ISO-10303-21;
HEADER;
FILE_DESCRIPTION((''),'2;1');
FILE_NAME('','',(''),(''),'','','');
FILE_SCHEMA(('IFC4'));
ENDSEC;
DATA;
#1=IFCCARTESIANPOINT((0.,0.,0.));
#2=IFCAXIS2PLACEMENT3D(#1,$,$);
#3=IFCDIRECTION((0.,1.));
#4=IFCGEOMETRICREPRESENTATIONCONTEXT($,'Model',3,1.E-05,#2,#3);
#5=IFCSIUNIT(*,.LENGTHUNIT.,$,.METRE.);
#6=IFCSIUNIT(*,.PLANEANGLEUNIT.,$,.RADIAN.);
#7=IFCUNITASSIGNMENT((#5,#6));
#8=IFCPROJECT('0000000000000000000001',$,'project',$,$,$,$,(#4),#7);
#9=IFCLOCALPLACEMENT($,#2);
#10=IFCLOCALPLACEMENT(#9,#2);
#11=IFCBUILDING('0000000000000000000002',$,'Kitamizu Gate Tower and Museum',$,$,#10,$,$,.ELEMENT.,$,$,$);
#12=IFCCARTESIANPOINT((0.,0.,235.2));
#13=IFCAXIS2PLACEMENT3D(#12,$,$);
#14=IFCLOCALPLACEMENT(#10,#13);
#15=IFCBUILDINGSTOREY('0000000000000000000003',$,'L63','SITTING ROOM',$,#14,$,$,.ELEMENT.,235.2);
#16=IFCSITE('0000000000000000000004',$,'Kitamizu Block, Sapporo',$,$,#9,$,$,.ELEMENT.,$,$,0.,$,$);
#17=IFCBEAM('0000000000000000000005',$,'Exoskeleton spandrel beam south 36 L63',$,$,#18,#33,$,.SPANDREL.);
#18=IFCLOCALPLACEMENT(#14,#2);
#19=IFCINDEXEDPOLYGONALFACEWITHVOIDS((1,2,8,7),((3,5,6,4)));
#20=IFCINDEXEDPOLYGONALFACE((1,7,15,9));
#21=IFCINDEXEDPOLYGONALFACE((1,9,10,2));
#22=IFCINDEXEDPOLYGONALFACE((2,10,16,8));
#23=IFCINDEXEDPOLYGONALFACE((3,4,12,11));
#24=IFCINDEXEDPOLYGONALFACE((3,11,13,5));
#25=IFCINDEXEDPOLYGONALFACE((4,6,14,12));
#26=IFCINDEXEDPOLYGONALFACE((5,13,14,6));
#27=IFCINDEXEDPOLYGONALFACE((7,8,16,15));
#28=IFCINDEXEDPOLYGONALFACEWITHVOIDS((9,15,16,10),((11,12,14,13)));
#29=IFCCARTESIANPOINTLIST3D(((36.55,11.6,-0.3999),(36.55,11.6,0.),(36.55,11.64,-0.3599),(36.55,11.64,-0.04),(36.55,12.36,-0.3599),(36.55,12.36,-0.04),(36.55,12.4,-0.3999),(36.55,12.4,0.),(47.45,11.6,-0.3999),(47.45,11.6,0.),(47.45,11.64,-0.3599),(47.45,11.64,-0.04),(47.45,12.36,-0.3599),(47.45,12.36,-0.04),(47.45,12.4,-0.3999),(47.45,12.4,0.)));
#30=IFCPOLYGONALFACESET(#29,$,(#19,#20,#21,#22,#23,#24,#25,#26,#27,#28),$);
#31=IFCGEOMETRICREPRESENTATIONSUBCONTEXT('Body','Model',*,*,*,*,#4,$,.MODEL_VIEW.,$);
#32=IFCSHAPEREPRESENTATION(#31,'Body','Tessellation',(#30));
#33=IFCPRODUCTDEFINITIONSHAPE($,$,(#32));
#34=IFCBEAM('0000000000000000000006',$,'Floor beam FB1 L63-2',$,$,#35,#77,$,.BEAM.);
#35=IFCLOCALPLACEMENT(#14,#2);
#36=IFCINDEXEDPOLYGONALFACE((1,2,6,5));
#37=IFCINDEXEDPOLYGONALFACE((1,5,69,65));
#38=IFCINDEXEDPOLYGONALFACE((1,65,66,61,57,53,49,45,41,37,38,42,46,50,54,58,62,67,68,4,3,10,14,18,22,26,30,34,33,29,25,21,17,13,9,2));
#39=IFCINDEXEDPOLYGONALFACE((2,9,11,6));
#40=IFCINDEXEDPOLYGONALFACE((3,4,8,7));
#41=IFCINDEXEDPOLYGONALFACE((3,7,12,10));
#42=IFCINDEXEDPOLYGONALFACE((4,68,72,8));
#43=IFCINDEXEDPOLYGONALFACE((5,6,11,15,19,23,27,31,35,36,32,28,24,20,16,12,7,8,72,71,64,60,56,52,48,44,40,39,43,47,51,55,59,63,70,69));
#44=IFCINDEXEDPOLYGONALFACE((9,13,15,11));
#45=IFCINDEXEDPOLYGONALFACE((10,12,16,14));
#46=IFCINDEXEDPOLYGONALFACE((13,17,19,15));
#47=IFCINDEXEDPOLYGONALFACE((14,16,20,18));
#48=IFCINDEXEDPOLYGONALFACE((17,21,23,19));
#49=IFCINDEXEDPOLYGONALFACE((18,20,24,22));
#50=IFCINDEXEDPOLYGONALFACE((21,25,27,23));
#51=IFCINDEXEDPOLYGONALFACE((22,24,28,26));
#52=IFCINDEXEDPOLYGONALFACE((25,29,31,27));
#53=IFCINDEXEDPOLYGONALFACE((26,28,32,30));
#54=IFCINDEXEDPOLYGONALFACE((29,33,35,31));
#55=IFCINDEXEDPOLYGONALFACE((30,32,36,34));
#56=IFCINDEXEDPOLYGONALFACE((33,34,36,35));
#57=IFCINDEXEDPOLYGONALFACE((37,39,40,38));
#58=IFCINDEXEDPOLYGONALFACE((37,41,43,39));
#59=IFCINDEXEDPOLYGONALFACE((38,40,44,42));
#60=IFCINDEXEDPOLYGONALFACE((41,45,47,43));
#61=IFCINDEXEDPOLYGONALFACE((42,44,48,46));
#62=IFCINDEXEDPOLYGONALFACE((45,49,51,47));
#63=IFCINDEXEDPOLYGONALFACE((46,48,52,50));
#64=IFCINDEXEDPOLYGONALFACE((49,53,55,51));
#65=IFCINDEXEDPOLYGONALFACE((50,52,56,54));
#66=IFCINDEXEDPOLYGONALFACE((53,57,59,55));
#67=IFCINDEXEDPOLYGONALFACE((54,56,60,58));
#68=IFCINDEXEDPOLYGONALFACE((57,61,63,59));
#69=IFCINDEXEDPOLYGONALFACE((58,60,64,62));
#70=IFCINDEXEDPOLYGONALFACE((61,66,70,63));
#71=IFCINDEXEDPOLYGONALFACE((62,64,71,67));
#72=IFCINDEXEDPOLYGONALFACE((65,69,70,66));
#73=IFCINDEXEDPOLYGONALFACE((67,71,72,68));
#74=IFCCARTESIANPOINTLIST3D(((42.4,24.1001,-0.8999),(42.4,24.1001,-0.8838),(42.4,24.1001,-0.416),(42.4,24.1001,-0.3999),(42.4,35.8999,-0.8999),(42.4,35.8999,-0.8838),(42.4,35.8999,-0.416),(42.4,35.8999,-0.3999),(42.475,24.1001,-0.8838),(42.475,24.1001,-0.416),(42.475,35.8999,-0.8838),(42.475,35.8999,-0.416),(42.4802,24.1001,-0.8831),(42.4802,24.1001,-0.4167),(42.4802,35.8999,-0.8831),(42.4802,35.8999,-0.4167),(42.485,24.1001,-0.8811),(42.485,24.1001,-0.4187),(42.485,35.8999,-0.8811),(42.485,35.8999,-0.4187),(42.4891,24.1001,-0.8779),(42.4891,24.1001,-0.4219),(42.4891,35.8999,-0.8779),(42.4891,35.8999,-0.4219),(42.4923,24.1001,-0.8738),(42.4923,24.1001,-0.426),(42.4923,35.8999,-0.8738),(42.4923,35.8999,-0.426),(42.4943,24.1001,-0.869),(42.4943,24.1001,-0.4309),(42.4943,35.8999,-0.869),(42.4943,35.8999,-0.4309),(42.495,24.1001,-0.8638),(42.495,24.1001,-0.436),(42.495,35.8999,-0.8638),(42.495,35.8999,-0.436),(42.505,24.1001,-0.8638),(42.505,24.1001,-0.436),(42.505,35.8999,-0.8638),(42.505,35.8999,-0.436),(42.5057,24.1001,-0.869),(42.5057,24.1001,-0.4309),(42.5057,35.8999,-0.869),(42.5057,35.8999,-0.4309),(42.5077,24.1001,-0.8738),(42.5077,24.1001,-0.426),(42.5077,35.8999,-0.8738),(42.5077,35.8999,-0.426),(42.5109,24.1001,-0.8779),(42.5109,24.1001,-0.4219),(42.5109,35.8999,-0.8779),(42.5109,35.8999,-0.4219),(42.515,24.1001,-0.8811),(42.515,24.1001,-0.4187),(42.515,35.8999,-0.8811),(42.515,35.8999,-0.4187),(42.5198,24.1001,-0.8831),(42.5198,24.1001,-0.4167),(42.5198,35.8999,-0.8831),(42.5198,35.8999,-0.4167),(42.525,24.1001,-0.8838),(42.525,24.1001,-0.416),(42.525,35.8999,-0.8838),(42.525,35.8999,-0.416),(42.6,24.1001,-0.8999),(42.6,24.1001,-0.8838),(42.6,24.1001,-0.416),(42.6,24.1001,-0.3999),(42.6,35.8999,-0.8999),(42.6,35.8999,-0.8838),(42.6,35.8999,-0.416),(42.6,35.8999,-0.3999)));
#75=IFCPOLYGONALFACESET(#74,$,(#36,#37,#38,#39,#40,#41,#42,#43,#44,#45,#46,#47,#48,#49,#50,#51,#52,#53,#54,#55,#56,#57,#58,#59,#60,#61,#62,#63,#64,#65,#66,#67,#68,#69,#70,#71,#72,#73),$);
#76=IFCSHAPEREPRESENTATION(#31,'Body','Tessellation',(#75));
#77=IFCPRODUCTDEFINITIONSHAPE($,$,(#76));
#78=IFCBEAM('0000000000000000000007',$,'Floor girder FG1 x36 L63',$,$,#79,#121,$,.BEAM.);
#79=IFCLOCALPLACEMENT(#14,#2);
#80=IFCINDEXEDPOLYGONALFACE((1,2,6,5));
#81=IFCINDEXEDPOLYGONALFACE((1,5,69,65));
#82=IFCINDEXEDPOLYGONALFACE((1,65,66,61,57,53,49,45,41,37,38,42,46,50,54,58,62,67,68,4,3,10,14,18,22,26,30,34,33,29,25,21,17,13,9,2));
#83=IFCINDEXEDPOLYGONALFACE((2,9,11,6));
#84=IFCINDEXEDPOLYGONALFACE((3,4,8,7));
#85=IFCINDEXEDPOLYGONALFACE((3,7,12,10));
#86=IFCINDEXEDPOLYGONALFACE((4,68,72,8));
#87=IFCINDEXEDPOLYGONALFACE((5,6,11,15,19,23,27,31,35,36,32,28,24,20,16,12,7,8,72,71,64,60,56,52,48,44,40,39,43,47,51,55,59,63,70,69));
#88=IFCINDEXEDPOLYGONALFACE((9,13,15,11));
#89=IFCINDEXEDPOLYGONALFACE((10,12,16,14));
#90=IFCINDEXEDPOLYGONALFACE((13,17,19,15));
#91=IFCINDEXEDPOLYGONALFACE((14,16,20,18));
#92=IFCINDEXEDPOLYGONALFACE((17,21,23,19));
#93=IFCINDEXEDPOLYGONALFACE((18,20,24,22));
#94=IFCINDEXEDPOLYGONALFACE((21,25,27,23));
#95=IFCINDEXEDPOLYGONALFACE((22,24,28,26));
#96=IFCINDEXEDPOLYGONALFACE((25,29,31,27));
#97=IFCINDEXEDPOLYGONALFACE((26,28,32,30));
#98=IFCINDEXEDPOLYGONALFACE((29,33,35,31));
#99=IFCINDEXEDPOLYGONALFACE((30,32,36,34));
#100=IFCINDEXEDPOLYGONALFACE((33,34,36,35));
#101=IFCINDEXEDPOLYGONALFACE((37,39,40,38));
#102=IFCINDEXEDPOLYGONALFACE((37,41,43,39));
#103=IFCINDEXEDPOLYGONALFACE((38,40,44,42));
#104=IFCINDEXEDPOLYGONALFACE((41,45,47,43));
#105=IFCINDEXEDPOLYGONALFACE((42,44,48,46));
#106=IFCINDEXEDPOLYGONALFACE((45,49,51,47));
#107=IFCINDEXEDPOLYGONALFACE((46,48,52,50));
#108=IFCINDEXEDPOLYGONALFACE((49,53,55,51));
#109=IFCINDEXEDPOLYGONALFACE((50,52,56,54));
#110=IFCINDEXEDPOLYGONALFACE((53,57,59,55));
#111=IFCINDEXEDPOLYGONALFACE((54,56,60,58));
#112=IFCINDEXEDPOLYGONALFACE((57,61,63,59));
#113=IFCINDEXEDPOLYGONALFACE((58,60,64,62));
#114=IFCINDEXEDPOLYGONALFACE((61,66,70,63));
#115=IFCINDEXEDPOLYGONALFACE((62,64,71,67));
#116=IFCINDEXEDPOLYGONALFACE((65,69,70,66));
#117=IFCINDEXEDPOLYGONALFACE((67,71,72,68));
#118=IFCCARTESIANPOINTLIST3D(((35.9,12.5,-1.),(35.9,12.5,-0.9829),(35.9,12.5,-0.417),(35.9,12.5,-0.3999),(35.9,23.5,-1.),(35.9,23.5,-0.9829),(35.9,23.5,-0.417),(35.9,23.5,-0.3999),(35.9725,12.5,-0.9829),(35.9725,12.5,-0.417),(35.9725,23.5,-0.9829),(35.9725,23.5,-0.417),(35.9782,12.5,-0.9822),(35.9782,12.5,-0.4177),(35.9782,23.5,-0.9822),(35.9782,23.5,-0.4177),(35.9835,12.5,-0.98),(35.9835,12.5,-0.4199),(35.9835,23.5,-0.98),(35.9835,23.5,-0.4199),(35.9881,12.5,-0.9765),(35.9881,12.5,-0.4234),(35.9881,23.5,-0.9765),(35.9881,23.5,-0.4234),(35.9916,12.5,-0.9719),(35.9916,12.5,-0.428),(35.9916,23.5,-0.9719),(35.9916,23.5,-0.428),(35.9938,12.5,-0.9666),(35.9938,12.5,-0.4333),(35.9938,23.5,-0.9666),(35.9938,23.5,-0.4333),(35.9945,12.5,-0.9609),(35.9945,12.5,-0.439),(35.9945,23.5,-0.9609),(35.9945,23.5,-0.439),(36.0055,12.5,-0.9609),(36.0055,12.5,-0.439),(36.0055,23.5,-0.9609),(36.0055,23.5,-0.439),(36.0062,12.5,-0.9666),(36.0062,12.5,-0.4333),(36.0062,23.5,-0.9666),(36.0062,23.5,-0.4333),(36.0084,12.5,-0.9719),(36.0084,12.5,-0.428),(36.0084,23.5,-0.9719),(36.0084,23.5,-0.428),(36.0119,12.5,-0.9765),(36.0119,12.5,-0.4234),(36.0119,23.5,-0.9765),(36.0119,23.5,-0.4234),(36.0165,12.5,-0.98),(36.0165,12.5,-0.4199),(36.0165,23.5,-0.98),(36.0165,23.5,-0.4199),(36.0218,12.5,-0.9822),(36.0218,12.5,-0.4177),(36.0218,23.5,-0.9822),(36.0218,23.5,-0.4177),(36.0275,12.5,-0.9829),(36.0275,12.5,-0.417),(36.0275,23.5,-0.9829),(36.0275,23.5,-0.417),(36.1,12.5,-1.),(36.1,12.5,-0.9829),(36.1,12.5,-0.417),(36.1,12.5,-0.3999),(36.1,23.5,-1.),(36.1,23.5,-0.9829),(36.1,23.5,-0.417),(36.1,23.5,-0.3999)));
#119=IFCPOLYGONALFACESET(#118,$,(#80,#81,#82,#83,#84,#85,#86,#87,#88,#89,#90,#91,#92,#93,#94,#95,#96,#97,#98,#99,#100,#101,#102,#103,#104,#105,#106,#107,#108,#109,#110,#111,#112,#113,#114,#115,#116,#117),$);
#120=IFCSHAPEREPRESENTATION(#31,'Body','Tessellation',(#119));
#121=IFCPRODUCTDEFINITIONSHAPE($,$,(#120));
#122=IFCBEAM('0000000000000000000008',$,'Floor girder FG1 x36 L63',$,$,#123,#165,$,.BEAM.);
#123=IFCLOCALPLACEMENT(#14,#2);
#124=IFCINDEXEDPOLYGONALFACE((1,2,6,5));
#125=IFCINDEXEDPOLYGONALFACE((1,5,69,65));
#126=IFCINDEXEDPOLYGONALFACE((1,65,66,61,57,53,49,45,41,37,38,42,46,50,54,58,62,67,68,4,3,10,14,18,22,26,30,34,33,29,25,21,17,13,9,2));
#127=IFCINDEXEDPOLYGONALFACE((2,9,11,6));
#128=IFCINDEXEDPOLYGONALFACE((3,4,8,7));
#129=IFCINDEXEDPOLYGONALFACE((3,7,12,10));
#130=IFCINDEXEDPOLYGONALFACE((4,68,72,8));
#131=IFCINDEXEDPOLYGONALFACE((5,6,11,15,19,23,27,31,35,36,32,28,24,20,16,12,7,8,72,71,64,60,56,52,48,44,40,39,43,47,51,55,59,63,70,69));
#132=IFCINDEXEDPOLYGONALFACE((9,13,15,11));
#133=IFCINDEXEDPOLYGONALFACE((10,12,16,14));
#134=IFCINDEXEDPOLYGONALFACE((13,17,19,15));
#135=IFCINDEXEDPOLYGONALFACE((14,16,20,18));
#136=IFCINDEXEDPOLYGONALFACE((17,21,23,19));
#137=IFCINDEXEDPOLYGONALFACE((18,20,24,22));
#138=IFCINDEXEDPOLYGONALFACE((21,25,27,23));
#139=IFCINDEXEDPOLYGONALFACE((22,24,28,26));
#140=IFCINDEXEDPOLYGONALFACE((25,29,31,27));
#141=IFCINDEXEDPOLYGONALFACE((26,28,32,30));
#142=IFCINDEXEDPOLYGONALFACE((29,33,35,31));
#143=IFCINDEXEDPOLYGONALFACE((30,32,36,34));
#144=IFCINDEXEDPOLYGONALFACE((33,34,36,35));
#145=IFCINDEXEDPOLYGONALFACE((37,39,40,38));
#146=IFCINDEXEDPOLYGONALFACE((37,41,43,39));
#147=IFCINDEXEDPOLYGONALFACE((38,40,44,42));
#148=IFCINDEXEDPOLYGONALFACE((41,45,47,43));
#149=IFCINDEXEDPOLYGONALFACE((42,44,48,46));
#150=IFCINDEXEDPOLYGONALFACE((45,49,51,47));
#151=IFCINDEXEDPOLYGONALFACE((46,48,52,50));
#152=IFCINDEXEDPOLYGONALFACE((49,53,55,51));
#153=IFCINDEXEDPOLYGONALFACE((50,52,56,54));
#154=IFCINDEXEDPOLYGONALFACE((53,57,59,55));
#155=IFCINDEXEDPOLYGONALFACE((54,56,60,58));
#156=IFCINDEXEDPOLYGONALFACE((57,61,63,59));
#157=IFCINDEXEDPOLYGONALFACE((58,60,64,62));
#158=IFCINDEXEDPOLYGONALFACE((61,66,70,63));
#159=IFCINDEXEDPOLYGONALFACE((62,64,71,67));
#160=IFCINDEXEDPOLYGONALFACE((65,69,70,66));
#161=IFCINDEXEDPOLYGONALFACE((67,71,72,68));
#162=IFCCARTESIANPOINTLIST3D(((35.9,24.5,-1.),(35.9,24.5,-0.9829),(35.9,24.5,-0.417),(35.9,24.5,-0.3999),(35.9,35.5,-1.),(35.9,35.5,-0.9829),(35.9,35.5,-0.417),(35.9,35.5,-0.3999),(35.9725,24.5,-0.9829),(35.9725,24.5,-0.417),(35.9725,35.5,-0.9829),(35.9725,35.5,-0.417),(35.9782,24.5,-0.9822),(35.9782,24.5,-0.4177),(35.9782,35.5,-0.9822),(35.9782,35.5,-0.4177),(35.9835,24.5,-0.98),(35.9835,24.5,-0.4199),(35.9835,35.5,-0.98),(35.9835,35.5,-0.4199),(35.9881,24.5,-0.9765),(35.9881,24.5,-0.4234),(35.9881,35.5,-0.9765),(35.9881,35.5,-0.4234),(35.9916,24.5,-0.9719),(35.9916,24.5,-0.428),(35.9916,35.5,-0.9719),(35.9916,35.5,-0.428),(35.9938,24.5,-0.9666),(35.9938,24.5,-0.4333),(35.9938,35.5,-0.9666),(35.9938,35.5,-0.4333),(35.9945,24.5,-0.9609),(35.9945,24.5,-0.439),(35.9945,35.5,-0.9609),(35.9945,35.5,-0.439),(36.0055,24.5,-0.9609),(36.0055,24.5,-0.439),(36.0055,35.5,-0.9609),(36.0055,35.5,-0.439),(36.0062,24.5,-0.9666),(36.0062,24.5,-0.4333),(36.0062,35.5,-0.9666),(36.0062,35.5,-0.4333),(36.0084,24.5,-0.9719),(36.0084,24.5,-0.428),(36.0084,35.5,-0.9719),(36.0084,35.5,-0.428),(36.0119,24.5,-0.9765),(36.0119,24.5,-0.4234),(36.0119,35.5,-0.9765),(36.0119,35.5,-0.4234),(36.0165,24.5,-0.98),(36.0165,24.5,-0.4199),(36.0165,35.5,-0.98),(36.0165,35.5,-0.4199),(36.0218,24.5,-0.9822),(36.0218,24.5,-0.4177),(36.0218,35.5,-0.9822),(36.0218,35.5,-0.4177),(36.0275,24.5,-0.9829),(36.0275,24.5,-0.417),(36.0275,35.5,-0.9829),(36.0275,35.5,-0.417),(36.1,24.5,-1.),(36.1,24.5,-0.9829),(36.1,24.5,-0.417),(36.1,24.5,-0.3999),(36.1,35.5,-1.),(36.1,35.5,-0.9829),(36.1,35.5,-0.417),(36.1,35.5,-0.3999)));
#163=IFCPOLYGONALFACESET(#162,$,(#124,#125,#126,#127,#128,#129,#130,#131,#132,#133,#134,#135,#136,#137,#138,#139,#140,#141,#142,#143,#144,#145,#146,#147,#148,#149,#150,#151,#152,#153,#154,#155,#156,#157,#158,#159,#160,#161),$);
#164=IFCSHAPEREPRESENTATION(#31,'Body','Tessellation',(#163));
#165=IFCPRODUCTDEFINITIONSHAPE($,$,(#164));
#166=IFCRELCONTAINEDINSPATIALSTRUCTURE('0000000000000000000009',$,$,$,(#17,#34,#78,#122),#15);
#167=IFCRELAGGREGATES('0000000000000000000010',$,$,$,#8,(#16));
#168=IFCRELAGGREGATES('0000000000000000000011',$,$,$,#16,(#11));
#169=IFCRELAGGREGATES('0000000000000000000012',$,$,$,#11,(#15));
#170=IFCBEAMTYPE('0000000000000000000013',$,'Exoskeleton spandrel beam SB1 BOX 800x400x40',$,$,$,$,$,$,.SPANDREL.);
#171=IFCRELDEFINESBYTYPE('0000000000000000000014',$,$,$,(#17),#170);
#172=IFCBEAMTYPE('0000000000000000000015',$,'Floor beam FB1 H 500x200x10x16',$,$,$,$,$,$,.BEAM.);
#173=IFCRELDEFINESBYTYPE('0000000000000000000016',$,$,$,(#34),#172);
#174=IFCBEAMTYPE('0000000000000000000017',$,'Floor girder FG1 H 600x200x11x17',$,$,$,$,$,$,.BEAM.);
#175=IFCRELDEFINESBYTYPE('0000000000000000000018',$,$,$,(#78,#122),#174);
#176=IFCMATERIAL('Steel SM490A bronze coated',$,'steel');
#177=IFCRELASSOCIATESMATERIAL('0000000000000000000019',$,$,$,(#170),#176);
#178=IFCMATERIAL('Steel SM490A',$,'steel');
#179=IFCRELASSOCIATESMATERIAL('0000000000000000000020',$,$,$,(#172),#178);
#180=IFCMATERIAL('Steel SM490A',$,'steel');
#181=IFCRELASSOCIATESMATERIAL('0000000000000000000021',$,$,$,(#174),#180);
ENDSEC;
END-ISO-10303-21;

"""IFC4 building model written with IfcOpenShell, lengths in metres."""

from ifc_helpers import new_model, si_unit, direction, frame, origin, origin_2d, place, context, subcontext, project, spatial, hollow_rectangle, i_section, extrude, material, material_profile, profile_set, type_object, element, save


model = new_model("IFC4")

# Units and contexts
model_context = context("Model", 3, precision=1e-05, world=origin(), true_north=direction((0.0, 1.0)))
body_context = subcontext(model_context, "Body", "Model", "MODEL_VIEW")
ifc_project = project(units=[si_unit("LENGTHUNIT", "METRE"), si_unit("PLANEANGLEUNIT", "RADIAN")], contexts=[model_context])

# Site, building, storey
site_placement = place(None, origin())
site = spatial("IfcSite", under=ifc_project, at=site_placement, Name="Kitamizu Block, Sapporo", CompositionType="ELEMENT", RefElevation=0.0)
building_placement = place(site_placement, origin())
building = spatial("IfcBuilding", under=site, at=building_placement, Name="Kitamizu Gate Tower and Museum", CompositionType="ELEMENT")
storey_placement = place(building_placement, frame((0.0, 0.0, 235.2)))
storey = spatial("IfcBuildingStorey", under=building, at=storey_placement, Name="L63", Description="SITTING ROOM", CompositionType="ELEMENT", Elevation=235.2)

# Beams
ifc_material_1 = material(Name="Steel SM490A bronze coated", Category="steel")
ifc_material_profile_1 = material_profile(ifc_material_1, hollow_rectangle(XDim=0.8, YDim=0.3999, WallThickness=0.04, at=origin_2d()), Name="BOX 800x400x40")
ifc_profile_set_1 = profile_set([ifc_material_profile_1], Name="Steel SM490A bronze coated")
beam_type_1 = type_object("IfcBeamType", Name="Exoskeleton spandrel beam SB1 BOX 800x400x40", PredefinedType="SPANDREL", material=ifc_profile_set_1)
beam_1_placement = place(storey_placement, frame((36.55, 12.0, -0.2), z_axis=(1.0, 0.0, 0.0), x_axis=(0.0, 1.0, 0.0)))
element("IfcBeam", 1, at=beam_1_placement, inside=storey, type_object=beam_type_1, Name="Exoskeleton spandrel beam south 36 L63", PredefinedType="SPANDREL", context=body_context, shape_type="SweptSolid", body=[
    extrude(hollow_rectangle(XDim=0.8, YDim=0.3999, WallThickness=0.04, at=origin_2d()), origin(), (0.0, 0.0, 1.0), 10.8999),
])
ifc_material_2 = material(Name="Steel SM490A", Category="steel")
ifc_material_profile_2 = material_profile(ifc_material_2, i_section(OverallWidth=0.2, OverallDepth=0.5, WebThickness=0.01, FlangeThickness=0.0161, FilletRadius=0.02, at=origin_2d()), Name="H-500x200x10x16")
ifc_profile_set_2 = profile_set([ifc_material_profile_2], Name="Steel SM490A")
beam_type_2 = type_object("IfcBeamType", Name="Floor beam FB1 H 500x200x10x16", PredefinedType="BEAM", material=ifc_profile_set_2)
beam_2_placement = place(storey_placement, frame((42.5, 24.1001, -0.6499), z_axis=(0.0, 1.0, 0.0), x_axis=(-1.0, 0.0, 0.0)))
element("IfcBeam", 2, at=beam_2_placement, inside=storey, type_object=beam_type_2, Name="Floor beam FB1 L63-2", PredefinedType="BEAM", context=body_context, shape_type="SweptSolid", body=[
    extrude(i_section(OverallWidth=0.2, OverallDepth=0.5, WebThickness=0.01, FlangeThickness=0.0161, FilletRadius=0.02, at=origin_2d()), origin(), (0.0, 0.0, 1.0), 11.7998),
])
ifc_material_3 = material(Name="Steel SM490A", Category="steel")
ifc_material_profile_3 = material_profile(ifc_material_3, i_section(OverallWidth=0.2, OverallDepth=0.6001, WebThickness=0.011, FlangeThickness=0.0171, FilletRadius=0.022, at=origin_2d()), Name="H-600x200x11x17")
ifc_profile_set_3 = profile_set([ifc_material_profile_3], Name="Steel SM490A")
beam_type_3 = type_object("IfcBeamType", Name="Floor girder FG1 H 600x200x11x17", PredefinedType="BEAM", material=ifc_profile_set_3)
for number, where, z_axis, x_axis, name in (
    (3, (36.0, 12.5, -0.7), (0.0, 1.0, 0.0), (-1.0, 0.0, 0.0), "Floor girder FG1 x36 L63"),
    (4, (36.0, 24.5, -0.7), (0.0, 1.0, 0.0), (-1.0, 0.0, 0.0), "Floor girder FG1 x36 L63"),
):
    element("IfcBeam", number, at=place(storey_placement, frame(where, z_axis=z_axis, x_axis=x_axis)), inside=storey, type_object=beam_type_3, Name=name, PredefinedType="BEAM", context=body_context, shape_type="SweptSolid", body=[
        extrude(i_section(OverallWidth=0.2, OverallDepth=0.6001, WebThickness=0.011, FlangeThickness=0.0171, FilletRadius=0.022, at=origin_2d()), origin(), (0.0, 0.0, 1.0), 11.0),
    ])

save(model, "model.ifc")
